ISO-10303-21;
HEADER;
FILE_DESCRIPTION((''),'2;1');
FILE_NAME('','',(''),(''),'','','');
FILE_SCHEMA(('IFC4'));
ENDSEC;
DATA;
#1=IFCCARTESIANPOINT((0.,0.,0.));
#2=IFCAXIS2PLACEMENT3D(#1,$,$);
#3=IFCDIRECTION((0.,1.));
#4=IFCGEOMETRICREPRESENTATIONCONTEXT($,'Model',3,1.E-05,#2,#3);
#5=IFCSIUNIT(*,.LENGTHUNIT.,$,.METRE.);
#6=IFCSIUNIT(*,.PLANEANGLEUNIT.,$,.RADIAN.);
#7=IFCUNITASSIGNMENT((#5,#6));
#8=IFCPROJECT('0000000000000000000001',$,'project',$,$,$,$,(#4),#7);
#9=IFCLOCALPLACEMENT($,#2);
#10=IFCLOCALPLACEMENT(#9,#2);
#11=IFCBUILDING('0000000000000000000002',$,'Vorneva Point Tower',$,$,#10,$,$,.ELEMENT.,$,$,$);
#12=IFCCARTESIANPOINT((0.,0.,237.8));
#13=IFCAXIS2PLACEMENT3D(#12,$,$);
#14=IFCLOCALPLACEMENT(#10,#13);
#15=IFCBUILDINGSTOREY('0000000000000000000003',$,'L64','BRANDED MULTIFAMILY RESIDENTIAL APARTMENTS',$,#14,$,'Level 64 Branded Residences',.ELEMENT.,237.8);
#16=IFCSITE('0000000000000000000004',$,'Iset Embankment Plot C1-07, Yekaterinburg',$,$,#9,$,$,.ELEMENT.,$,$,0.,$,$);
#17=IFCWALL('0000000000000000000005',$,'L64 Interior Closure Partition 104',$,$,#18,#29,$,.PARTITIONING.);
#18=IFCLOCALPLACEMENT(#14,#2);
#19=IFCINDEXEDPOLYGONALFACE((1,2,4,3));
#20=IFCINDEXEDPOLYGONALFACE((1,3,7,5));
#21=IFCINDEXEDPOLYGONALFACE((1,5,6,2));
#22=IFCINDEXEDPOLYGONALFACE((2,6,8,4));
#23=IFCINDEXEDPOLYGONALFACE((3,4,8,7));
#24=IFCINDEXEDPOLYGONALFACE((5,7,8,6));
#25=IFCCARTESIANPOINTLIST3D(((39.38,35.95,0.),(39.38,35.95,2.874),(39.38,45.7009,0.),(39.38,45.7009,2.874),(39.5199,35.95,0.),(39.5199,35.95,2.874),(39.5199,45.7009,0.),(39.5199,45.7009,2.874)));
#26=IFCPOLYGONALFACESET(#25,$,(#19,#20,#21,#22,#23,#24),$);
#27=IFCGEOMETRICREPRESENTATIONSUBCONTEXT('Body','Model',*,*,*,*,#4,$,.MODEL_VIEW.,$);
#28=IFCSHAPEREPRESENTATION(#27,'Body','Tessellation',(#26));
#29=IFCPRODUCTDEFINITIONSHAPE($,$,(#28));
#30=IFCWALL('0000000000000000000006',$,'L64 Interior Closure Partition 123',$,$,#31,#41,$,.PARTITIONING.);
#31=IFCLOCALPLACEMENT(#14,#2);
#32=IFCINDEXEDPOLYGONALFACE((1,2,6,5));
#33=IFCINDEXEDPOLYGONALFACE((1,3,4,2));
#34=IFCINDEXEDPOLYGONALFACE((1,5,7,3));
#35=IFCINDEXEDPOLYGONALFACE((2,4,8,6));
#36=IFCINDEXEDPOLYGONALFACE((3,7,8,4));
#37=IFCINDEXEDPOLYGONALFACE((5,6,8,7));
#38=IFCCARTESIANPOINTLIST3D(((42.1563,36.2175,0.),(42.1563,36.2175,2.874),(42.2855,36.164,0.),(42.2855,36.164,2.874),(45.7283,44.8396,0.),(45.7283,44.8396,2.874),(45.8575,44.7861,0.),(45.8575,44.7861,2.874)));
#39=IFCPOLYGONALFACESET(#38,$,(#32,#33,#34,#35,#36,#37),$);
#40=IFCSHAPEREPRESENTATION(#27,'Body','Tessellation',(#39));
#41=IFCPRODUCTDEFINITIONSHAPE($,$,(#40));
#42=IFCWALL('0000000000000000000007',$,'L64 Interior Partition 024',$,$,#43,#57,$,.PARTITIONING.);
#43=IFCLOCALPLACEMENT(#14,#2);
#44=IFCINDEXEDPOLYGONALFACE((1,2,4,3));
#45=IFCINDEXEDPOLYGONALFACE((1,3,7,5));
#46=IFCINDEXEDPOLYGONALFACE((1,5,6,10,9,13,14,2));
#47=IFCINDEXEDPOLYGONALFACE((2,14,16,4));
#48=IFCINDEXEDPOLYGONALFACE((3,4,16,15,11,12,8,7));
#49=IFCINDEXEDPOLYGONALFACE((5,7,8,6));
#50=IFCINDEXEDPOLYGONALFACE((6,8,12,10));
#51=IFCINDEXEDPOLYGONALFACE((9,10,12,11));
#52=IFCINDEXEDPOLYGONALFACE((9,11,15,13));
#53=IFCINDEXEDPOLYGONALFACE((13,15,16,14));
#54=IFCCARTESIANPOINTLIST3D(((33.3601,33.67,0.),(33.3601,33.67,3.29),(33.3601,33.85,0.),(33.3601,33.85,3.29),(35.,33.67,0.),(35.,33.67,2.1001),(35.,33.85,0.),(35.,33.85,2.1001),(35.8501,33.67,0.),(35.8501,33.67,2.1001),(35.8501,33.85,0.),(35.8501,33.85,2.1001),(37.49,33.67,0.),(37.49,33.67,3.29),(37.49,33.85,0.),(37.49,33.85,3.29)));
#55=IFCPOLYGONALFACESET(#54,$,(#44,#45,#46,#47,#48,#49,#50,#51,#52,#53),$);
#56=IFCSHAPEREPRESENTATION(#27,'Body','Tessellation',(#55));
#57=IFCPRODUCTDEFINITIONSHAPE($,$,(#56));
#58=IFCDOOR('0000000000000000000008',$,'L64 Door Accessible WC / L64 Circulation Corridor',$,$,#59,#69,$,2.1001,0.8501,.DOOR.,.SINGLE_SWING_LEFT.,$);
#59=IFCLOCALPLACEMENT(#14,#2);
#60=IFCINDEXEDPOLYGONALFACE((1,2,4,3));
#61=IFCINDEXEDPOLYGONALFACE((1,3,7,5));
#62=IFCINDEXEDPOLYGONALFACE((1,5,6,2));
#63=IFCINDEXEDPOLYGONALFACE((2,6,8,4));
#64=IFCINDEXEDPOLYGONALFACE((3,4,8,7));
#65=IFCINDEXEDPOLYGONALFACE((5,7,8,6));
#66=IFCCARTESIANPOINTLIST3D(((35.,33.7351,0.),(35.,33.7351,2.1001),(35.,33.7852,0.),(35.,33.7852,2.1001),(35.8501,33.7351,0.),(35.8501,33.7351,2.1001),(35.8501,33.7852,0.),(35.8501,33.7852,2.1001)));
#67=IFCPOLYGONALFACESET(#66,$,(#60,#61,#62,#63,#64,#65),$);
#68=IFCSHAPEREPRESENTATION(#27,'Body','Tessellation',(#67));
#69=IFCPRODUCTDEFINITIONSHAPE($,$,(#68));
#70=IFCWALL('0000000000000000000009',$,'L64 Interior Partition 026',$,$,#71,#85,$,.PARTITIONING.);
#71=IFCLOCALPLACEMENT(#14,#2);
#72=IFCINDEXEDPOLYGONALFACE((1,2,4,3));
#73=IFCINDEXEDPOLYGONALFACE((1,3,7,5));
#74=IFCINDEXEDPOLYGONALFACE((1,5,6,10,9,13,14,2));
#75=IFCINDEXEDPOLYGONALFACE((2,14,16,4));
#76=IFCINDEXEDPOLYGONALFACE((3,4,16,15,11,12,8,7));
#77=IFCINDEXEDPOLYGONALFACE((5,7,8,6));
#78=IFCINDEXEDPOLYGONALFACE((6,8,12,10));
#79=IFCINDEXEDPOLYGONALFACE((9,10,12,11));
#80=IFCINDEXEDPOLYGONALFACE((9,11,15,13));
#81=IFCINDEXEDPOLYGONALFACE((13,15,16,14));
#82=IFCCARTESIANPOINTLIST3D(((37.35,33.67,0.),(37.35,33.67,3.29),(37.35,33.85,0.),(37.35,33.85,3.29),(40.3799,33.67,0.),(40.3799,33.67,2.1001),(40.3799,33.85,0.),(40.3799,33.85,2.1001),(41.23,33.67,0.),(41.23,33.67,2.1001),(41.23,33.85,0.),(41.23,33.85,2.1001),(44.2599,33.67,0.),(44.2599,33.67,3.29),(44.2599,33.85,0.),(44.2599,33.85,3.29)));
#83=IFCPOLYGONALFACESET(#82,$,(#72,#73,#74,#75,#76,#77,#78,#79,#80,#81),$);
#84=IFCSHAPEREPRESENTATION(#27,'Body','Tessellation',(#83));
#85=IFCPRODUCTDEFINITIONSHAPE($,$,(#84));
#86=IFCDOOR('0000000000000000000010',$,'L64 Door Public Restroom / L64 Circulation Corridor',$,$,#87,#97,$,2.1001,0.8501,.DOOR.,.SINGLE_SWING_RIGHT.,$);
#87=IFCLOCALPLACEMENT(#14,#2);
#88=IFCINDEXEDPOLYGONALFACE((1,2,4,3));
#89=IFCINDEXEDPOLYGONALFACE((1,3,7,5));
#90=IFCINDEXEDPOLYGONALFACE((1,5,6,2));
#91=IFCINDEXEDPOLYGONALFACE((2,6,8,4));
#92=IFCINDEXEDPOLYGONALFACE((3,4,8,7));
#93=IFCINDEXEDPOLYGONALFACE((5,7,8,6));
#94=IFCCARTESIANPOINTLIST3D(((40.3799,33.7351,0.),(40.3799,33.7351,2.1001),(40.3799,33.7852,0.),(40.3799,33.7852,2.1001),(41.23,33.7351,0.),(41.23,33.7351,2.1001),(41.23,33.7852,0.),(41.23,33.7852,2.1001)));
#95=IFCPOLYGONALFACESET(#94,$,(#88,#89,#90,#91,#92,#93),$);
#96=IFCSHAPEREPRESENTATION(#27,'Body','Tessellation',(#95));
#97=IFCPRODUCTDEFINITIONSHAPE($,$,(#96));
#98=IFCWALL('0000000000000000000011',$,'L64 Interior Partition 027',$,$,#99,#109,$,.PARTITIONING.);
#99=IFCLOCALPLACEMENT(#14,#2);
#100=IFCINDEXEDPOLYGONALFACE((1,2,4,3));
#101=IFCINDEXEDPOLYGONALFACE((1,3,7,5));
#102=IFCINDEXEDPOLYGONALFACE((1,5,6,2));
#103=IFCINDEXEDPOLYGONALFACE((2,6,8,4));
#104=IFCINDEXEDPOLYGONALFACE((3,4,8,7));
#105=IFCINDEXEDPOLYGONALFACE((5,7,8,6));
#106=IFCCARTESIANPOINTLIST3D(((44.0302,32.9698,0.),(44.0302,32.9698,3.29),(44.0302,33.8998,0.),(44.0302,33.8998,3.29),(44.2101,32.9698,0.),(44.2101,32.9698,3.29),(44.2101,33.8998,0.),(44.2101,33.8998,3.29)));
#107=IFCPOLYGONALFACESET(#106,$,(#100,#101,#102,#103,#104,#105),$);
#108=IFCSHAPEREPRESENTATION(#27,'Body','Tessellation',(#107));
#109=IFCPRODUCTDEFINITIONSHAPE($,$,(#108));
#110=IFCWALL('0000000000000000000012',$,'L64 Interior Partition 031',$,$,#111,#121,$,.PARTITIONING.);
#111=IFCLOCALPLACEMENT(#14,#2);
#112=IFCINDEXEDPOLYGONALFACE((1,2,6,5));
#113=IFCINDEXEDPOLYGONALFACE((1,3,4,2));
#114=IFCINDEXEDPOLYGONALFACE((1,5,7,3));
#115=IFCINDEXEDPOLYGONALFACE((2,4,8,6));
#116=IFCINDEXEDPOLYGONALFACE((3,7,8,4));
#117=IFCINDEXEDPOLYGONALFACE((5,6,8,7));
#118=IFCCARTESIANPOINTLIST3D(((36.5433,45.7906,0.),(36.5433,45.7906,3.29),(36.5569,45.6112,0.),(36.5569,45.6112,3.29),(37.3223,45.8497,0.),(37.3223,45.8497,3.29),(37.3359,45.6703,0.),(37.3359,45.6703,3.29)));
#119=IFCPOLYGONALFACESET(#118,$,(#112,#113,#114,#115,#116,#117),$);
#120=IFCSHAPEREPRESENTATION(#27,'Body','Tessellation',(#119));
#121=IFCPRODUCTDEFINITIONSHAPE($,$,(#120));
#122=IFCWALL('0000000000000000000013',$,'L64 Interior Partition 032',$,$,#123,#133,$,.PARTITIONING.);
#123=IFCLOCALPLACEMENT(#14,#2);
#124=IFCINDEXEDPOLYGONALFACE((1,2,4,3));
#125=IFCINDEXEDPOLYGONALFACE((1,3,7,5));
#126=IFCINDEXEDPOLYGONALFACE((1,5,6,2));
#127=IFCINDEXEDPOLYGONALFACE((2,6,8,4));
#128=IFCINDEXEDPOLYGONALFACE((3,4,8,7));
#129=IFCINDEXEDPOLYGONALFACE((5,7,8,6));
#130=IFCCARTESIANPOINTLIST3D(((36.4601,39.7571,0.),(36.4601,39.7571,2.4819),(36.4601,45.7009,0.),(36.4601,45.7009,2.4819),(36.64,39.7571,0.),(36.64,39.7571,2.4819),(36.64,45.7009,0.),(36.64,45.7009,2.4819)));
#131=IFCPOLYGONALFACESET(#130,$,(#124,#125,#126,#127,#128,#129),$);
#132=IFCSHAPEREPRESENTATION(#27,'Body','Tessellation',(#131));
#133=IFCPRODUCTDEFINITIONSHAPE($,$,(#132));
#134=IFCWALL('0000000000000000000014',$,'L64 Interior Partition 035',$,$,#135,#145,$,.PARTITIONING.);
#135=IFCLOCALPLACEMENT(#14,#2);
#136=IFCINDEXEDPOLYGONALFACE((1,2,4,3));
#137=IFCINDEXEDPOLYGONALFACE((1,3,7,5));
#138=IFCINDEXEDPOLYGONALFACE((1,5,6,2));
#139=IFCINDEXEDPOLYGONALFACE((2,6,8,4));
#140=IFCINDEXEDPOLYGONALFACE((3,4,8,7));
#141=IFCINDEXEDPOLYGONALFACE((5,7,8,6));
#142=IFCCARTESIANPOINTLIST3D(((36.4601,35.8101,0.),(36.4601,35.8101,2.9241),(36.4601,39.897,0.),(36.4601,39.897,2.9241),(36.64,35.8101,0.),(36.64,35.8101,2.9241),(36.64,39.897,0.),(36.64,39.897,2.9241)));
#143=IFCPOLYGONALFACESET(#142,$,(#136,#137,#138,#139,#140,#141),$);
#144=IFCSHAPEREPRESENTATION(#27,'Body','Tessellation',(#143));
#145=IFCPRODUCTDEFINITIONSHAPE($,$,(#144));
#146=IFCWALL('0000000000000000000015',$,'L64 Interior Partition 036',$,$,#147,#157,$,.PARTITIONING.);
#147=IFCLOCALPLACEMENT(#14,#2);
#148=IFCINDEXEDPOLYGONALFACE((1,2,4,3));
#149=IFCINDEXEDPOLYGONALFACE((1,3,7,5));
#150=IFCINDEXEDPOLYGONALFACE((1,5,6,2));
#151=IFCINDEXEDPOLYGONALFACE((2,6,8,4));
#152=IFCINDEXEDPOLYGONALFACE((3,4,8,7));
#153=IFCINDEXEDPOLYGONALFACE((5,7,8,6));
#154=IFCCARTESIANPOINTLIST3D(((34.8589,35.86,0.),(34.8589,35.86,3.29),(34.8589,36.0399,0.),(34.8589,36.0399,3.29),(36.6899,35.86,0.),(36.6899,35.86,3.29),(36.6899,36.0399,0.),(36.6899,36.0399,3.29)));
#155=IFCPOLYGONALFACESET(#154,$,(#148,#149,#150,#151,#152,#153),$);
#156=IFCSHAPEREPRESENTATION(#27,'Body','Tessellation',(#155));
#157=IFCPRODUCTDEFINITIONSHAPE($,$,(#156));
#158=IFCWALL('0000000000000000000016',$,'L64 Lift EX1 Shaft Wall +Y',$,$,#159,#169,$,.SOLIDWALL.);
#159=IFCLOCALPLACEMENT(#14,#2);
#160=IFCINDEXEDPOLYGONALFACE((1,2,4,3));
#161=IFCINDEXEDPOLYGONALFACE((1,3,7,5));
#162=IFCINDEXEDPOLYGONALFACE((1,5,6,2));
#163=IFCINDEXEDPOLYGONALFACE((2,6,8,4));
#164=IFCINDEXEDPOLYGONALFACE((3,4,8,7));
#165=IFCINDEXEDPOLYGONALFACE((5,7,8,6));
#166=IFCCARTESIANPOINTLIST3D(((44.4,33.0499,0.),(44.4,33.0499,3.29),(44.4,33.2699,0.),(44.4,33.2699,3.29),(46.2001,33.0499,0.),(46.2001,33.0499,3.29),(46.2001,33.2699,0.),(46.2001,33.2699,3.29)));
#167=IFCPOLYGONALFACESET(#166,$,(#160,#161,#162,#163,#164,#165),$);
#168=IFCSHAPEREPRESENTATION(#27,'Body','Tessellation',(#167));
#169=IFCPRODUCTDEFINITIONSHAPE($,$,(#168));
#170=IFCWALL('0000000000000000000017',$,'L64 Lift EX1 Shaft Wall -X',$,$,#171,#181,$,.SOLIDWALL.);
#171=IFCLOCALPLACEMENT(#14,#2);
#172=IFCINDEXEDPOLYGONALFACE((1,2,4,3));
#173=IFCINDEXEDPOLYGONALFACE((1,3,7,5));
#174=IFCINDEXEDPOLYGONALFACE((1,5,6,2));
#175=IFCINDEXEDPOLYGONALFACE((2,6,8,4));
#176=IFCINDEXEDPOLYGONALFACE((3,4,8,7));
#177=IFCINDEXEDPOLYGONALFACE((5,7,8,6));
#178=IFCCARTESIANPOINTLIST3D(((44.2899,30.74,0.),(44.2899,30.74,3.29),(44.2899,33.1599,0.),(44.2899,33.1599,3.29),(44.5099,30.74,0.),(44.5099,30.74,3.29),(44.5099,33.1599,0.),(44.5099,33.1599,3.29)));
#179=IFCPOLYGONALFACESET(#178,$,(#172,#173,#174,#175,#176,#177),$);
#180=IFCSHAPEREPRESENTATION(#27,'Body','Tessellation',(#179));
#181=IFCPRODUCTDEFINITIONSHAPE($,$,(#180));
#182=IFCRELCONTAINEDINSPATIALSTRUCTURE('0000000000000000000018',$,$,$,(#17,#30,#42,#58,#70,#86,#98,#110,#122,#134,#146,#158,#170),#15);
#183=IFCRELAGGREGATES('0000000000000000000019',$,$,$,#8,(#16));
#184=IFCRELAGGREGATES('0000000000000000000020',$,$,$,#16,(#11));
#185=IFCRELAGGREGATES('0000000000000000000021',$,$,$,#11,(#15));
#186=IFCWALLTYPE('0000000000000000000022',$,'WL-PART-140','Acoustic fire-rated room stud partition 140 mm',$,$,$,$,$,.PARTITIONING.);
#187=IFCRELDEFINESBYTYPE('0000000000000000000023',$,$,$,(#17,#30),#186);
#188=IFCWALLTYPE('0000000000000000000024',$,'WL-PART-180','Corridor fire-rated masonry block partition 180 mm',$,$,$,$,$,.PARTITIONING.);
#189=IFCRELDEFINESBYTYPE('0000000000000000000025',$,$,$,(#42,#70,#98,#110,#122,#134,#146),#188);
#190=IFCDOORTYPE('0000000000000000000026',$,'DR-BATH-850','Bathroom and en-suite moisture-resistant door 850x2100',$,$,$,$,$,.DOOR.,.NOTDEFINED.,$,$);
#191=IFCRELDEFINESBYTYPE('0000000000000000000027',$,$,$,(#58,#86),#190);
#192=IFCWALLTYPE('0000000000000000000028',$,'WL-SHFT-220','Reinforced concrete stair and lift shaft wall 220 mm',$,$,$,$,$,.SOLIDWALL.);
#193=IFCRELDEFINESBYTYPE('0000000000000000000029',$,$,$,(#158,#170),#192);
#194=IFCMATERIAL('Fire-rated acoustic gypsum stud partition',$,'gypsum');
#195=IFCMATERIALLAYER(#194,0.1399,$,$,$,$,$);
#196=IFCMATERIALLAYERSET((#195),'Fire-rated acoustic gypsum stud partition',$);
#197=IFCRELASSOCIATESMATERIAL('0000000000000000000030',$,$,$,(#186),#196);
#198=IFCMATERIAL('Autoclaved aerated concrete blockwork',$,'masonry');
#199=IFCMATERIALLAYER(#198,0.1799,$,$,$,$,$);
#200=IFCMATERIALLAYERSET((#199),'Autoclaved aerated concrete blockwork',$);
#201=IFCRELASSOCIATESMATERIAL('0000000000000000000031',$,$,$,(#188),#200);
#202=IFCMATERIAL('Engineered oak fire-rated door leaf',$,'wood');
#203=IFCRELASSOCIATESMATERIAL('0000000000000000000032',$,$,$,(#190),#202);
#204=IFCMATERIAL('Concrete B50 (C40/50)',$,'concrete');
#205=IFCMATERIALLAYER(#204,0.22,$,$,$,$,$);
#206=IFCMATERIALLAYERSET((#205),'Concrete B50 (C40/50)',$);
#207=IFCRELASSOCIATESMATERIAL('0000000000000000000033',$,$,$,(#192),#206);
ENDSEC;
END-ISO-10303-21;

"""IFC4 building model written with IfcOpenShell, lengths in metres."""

from ifc_helpers import new_model, si_unit, direction, frame, frame_2d, origin, place, context, subcontext, project, spatial, rectangle, extrude, material, layer, layer_set, type_object, element, fill, save


model = new_model("IFC4")

# Units and contexts
model_context = context("Model", 3, precision=1e-05, world=origin(), true_north=direction((0.0, 1.0)))
body_context = subcontext(model_context, "Body", "Model", "MODEL_VIEW")
ifc_project = project(units=[si_unit("LENGTHUNIT", "METRE"), si_unit("PLANEANGLEUNIT", "RADIAN")], contexts=[model_context])

# Site, building, storey
site_placement = place(None, origin())
site = spatial("IfcSite", under=ifc_project, at=site_placement, Name="Iset Embankment Plot C1-07, Yekaterinburg", CompositionType="ELEMENT", RefElevation=0.0)
building_placement = place(site_placement, origin())
building = spatial("IfcBuilding", under=site, at=building_placement, Name="Vorneva Point Tower", CompositionType="ELEMENT")
storey_placement = place(building_placement, frame((0.0, 0.0, 237.8)))
storey = spatial("IfcBuildingStorey", under=building, at=storey_placement, Name="L64", Description="BRANDED MULTIFAMILY RESIDENTIAL APARTMENTS", LongName="Level 64 Branded Residences", CompositionType="ELEMENT", Elevation=237.8)

# Shared definitions
ifc_material_1 = material(Name="Concrete B50 (C40/50)", Category="concrete")

# Walls
ifc_material_2 = material(Name="Fire-rated acoustic gypsum stud partition", Category="gypsum")
ifc_layer_1 = layer(ifc_material_2, 0.1399)
ifc_layer_set_1 = layer_set([ifc_layer_1], Name="Fire-rated acoustic gypsum stud partition")
wall_type_1 = type_object("IfcWallType", Name="WL-PART-140", Description="Acoustic fire-rated room stud partition 140 mm", PredefinedType="PARTITIONING", material=ifc_layer_set_1)
wall_1_placement = place(storey_placement, frame((39.45, 35.95, 0.0), z_axis=(0.0, 0.0, 1.0), x_axis=(0.0, 1.0, 0.0)))
element("IfcWall", 1, at=wall_1_placement, inside=storey, type_object=wall_type_1, Name="L64 Interior Closure Partition 104", PredefinedType="PARTITIONING", context=body_context, shape_type="SweptSolid", body=[
    extrude(rectangle(XDim=9.751, YDim=0.1399, at=frame_2d((4.8755, 0.0))), origin(), (0.0, 0.0, 1.0), 2.874),
])
wall_2_placement = place(storey_placement, frame((45.793, 44.813, 0.0), z_axis=(0.0, 0.0, 1.0), x_axis=(-0.382742, -0.923855, 0.0)))
element("IfcWall", 2, at=wall_2_placement, inside=storey, type_object=wall_type_1, Name="L64 Interior Closure Partition 123", PredefinedType="PARTITIONING", context=body_context, shape_type="SweptSolid", body=[
    extrude(rectangle(XDim=9.3328, YDim=0.1399, at=frame_2d((4.6665, 0.0))), origin(), (0.0, 0.0, 1.0), 2.874),
])

# Walls, openings, doors
ifc_material_3 = material(Name="Autoclaved aerated concrete blockwork", Category="masonry")
ifc_layer_2 = layer(ifc_material_3, 0.1799)
ifc_layer_set_2 = layer_set([ifc_layer_2], Name="Autoclaved aerated concrete blockwork")
wall_type_2 = type_object("IfcWallType", Name="WL-PART-180", Description="Corridor fire-rated masonry block partition 180 mm", PredefinedType="PARTITIONING", material=ifc_layer_set_2)
wall_3_placement = place(storey_placement, frame((37.49, 33.76, 0.0), z_axis=(0.0, 0.0, 1.0), x_axis=(-1.0, 0.0, 0.0)))
wall_3 = element("IfcWall", 3, at=wall_3_placement, inside=storey, type_object=wall_type_2, Name="L64 Interior Partition 024", PredefinedType="PARTITIONING", context=body_context, shape_type="SweptSolid", body=[
    extrude(rectangle(XDim=4.1299, YDim=0.1799, at=frame_2d((2.0649, 0.0))), origin(), (0.0, 0.0, 1.0), 3.29),
])
opening_1_placement = place(wall_3_placement, frame((1.6399, 0.0, 0.0)))
opening_1 = element("IfcOpeningElement", 4, at=opening_1_placement, cuts=wall_3, PredefinedType="OPENING", context=body_context, shape_type="SweptSolid", body=[
    extrude(rectangle(XDim=0.8501, YDim=2.1001, at=frame_2d((0.425, 1.05))), frame((0.0, 0.105, 0.0), z_axis=(0.0, -1.0, 0.0), x_axis=(1.0, 0.0, 0.0)), (0.0, 0.0, 1.0), 0.2097),
])
ifc_material_4 = material(Name="Engineered oak fire-rated door leaf", Category="wood")
door_type = type_object("IfcDoorType", Name="DR-BATH-850", Description="Bathroom and en-suite moisture-resistant door 850x2100", OperationType="NOTDEFINED", PredefinedType="DOOR", material=ifc_material_4)
door_1_placement = place(opening_1_placement, origin())
door_1 = element("IfcDoor", 5, at=door_1_placement, inside=storey, type_object=door_type, Name="L64 Door Accessible WC / L64 Circulation Corridor", OperationType="SINGLE_SWING_LEFT", OverallHeight=2.1001, OverallWidth=0.8501, PredefinedType="DOOR", context=body_context, shape_type="SweptSolid", body=[
    extrude(rectangle(XDim=0.8501, YDim=2.1001, at=frame_2d((0.425, 1.05))), frame((0.0, 0.0249, 0.0), z_axis=(0.0, -1.0, 0.0), x_axis=(1.0, 0.0, 0.0)), (0.0, 0.0, 1.0), 0.05),
])
fill(opening_1, door_1)
wall_4_placement = place(storey_placement, frame((44.26, 33.76, 0.0), z_axis=(0.0, 0.0, 1.0), x_axis=(-1.0, 0.0, 0.0)))
wall_4 = element("IfcWall", 6, at=wall_4_placement, inside=storey, type_object=wall_type_2, Name="L64 Interior Partition 026", PredefinedType="PARTITIONING", context=body_context, shape_type="SweptSolid", body=[
    extrude(rectangle(XDim=6.9099, YDim=0.1799, at=frame_2d((3.4551, 0.0))), origin(), (0.0, 0.0, 1.0), 3.29),
])
opening_2_placement = place(wall_4_placement, frame((3.03, 0.0, 0.0)))
opening_2 = element("IfcOpeningElement", 7, at=opening_2_placement, cuts=wall_4, PredefinedType="OPENING", context=body_context, shape_type="SweptSolid", body=[
    extrude(rectangle(XDim=0.8501, YDim=2.1001, at=frame_2d((0.425, 1.05))), frame((0.0, 0.105, 0.0), z_axis=(0.0, -1.0, 0.0), x_axis=(1.0, 0.0, 0.0)), (0.0, 0.0, 1.0), 0.2097),
])
door_2_placement = place(opening_2_placement, origin())
door_2 = element("IfcDoor", 8, at=door_2_placement, inside=storey, type_object=door_type, Name="L64 Door Public Restroom / L64 Circulation Corridor", OperationType="SINGLE_SWING_RIGHT", OverallHeight=2.1001, OverallWidth=0.8501, PredefinedType="DOOR", context=body_context, shape_type="SweptSolid", body=[
    extrude(rectangle(XDim=0.8501, YDim=2.1001, at=frame_2d((0.425, 1.05))), frame((0.0, 0.0249, 0.0), z_axis=(0.0, -1.0, 0.0), x_axis=(1.0, 0.0, 0.0)), (0.0, 0.0, 1.0), 0.05),
])
fill(opening_2, door_2)

# Walls
wall_5_placement = place(storey_placement, frame((44.1201, 32.97, 0.0), z_axis=(0.0, 0.0, 1.0), x_axis=(0.0, 1.0, 0.0)))
element("IfcWall", 9, at=wall_5_placement, inside=storey, type_object=wall_type_2, Name="L64 Interior Partition 027", PredefinedType="PARTITIONING", context=body_context, shape_type="SweptSolid", body=[
    extrude(rectangle(XDim=0.9299, YDim=0.1799, at=frame_2d((0.4648, 0.0))), origin(), (0.0, 0.0, 1.0), 3.29),
])
wall_6_placement = place(storey_placement, frame((37.3291, 45.76, 0.0), z_axis=(0.0, 0.0, 1.0), x_axis=(-0.997137, -0.075621, 0.0)))
element("IfcWall", 10, at=wall_6_placement, inside=storey, type_object=wall_type_2, Name="L64 Interior Partition 031", PredefinedType="PARTITIONING", context=body_context, shape_type="SweptSolid", body=[
    extrude(rectangle(XDim=0.7812, YDim=0.1799, at=frame_2d((0.3906, 0.0))), origin(), (0.0, 0.0, 1.0), 3.29),
])
wall_7_placement = place(storey_placement, frame((36.55, 45.7009, 0.0), z_axis=(0.0, 0.0, 1.0), x_axis=(0.0, -1.0, 0.0)))
element("IfcWall", 11, at=wall_7_placement, inside=storey, type_object=wall_type_2, Name="L64 Interior Partition 032", PredefinedType="PARTITIONING", context=body_context, shape_type="SweptSolid", body=[
    extrude(rectangle(XDim=5.9438, YDim=0.1799, at=frame_2d((2.9719, 0.0))), origin(), (0.0, 0.0, 1.0), 2.4819),
])
wall_8_placement = place(storey_placement, frame((36.55, 39.897, 0.0), z_axis=(0.0, 0.0, 1.0), x_axis=(0.0, -1.0, 0.0)))
element("IfcWall", 12, at=wall_8_placement, inside=storey, type_object=wall_type_2, Name="L64 Interior Partition 035", PredefinedType="PARTITIONING", context=body_context, shape_type="SweptSolid", body=[
    extrude(rectangle(XDim=4.0869, YDim=0.1799, at=frame_2d((2.0435, 0.0))), origin(), (0.0, 0.0, 1.0), 2.9241),
])
wall_9_placement = place(storey_placement, frame((36.6899, 35.95, 0.0), z_axis=(0.0, 0.0, 1.0), x_axis=(-1.0, 0.0, 0.0)))
element("IfcWall", 13, at=wall_9_placement, inside=storey, type_object=wall_type_2, Name="L64 Interior Partition 036", PredefinedType="PARTITIONING", context=body_context, shape_type="SweptSolid", body=[
    extrude(rectangle(XDim=1.8311, YDim=0.1799, at=frame_2d((0.9155, 0.0))), origin(), (0.0, 0.0, 1.0), 3.29),
])
ifc_layer_3 = layer(ifc_material_1, 0.22)
ifc_layer_set_3 = layer_set([ifc_layer_3], Name="Concrete B50 (C40/50)")
wall_type_3 = type_object("IfcWallType", Name="WL-SHFT-220", Description="Reinforced concrete stair and lift shaft wall 220 mm", PredefinedType="SOLIDWALL", material=ifc_layer_set_3)
wall_10_placement = place(storey_placement, frame((46.2, 33.1599, 0.0), z_axis=(0.0, 0.0, 1.0), x_axis=(-1.0, 0.0, 0.0)))
element("IfcWall", 14, at=wall_10_placement, inside=storey, type_object=wall_type_3, Name="L64 Lift EX1 Shaft Wall +Y", PredefinedType="SOLIDWALL", context=body_context, shape_type="SweptSolid", body=[
    extrude(rectangle(XDim=1.8, YDim=0.22, at=frame_2d((0.8999, 0.0))), origin(), (0.0, 0.0, 1.0), 3.29),
])
wall_11_placement = place(storey_placement, frame((44.3999, 33.1599, 0.0), z_axis=(0.0, 0.0, 1.0), x_axis=(0.0, -1.0, 0.0)))
element("IfcWall", 15, at=wall_11_placement, inside=storey, type_object=wall_type_3, Name="L64 Lift EX1 Shaft Wall -X", PredefinedType="SOLIDWALL", context=body_context, shape_type="SweptSolid", body=[
    extrude(rectangle(XDim=2.4199, YDim=0.22, at=frame_2d((1.21, 0.0))), origin(), (0.0, 0.0, 1.0), 3.29),
])

save(model, "model.ifc")
